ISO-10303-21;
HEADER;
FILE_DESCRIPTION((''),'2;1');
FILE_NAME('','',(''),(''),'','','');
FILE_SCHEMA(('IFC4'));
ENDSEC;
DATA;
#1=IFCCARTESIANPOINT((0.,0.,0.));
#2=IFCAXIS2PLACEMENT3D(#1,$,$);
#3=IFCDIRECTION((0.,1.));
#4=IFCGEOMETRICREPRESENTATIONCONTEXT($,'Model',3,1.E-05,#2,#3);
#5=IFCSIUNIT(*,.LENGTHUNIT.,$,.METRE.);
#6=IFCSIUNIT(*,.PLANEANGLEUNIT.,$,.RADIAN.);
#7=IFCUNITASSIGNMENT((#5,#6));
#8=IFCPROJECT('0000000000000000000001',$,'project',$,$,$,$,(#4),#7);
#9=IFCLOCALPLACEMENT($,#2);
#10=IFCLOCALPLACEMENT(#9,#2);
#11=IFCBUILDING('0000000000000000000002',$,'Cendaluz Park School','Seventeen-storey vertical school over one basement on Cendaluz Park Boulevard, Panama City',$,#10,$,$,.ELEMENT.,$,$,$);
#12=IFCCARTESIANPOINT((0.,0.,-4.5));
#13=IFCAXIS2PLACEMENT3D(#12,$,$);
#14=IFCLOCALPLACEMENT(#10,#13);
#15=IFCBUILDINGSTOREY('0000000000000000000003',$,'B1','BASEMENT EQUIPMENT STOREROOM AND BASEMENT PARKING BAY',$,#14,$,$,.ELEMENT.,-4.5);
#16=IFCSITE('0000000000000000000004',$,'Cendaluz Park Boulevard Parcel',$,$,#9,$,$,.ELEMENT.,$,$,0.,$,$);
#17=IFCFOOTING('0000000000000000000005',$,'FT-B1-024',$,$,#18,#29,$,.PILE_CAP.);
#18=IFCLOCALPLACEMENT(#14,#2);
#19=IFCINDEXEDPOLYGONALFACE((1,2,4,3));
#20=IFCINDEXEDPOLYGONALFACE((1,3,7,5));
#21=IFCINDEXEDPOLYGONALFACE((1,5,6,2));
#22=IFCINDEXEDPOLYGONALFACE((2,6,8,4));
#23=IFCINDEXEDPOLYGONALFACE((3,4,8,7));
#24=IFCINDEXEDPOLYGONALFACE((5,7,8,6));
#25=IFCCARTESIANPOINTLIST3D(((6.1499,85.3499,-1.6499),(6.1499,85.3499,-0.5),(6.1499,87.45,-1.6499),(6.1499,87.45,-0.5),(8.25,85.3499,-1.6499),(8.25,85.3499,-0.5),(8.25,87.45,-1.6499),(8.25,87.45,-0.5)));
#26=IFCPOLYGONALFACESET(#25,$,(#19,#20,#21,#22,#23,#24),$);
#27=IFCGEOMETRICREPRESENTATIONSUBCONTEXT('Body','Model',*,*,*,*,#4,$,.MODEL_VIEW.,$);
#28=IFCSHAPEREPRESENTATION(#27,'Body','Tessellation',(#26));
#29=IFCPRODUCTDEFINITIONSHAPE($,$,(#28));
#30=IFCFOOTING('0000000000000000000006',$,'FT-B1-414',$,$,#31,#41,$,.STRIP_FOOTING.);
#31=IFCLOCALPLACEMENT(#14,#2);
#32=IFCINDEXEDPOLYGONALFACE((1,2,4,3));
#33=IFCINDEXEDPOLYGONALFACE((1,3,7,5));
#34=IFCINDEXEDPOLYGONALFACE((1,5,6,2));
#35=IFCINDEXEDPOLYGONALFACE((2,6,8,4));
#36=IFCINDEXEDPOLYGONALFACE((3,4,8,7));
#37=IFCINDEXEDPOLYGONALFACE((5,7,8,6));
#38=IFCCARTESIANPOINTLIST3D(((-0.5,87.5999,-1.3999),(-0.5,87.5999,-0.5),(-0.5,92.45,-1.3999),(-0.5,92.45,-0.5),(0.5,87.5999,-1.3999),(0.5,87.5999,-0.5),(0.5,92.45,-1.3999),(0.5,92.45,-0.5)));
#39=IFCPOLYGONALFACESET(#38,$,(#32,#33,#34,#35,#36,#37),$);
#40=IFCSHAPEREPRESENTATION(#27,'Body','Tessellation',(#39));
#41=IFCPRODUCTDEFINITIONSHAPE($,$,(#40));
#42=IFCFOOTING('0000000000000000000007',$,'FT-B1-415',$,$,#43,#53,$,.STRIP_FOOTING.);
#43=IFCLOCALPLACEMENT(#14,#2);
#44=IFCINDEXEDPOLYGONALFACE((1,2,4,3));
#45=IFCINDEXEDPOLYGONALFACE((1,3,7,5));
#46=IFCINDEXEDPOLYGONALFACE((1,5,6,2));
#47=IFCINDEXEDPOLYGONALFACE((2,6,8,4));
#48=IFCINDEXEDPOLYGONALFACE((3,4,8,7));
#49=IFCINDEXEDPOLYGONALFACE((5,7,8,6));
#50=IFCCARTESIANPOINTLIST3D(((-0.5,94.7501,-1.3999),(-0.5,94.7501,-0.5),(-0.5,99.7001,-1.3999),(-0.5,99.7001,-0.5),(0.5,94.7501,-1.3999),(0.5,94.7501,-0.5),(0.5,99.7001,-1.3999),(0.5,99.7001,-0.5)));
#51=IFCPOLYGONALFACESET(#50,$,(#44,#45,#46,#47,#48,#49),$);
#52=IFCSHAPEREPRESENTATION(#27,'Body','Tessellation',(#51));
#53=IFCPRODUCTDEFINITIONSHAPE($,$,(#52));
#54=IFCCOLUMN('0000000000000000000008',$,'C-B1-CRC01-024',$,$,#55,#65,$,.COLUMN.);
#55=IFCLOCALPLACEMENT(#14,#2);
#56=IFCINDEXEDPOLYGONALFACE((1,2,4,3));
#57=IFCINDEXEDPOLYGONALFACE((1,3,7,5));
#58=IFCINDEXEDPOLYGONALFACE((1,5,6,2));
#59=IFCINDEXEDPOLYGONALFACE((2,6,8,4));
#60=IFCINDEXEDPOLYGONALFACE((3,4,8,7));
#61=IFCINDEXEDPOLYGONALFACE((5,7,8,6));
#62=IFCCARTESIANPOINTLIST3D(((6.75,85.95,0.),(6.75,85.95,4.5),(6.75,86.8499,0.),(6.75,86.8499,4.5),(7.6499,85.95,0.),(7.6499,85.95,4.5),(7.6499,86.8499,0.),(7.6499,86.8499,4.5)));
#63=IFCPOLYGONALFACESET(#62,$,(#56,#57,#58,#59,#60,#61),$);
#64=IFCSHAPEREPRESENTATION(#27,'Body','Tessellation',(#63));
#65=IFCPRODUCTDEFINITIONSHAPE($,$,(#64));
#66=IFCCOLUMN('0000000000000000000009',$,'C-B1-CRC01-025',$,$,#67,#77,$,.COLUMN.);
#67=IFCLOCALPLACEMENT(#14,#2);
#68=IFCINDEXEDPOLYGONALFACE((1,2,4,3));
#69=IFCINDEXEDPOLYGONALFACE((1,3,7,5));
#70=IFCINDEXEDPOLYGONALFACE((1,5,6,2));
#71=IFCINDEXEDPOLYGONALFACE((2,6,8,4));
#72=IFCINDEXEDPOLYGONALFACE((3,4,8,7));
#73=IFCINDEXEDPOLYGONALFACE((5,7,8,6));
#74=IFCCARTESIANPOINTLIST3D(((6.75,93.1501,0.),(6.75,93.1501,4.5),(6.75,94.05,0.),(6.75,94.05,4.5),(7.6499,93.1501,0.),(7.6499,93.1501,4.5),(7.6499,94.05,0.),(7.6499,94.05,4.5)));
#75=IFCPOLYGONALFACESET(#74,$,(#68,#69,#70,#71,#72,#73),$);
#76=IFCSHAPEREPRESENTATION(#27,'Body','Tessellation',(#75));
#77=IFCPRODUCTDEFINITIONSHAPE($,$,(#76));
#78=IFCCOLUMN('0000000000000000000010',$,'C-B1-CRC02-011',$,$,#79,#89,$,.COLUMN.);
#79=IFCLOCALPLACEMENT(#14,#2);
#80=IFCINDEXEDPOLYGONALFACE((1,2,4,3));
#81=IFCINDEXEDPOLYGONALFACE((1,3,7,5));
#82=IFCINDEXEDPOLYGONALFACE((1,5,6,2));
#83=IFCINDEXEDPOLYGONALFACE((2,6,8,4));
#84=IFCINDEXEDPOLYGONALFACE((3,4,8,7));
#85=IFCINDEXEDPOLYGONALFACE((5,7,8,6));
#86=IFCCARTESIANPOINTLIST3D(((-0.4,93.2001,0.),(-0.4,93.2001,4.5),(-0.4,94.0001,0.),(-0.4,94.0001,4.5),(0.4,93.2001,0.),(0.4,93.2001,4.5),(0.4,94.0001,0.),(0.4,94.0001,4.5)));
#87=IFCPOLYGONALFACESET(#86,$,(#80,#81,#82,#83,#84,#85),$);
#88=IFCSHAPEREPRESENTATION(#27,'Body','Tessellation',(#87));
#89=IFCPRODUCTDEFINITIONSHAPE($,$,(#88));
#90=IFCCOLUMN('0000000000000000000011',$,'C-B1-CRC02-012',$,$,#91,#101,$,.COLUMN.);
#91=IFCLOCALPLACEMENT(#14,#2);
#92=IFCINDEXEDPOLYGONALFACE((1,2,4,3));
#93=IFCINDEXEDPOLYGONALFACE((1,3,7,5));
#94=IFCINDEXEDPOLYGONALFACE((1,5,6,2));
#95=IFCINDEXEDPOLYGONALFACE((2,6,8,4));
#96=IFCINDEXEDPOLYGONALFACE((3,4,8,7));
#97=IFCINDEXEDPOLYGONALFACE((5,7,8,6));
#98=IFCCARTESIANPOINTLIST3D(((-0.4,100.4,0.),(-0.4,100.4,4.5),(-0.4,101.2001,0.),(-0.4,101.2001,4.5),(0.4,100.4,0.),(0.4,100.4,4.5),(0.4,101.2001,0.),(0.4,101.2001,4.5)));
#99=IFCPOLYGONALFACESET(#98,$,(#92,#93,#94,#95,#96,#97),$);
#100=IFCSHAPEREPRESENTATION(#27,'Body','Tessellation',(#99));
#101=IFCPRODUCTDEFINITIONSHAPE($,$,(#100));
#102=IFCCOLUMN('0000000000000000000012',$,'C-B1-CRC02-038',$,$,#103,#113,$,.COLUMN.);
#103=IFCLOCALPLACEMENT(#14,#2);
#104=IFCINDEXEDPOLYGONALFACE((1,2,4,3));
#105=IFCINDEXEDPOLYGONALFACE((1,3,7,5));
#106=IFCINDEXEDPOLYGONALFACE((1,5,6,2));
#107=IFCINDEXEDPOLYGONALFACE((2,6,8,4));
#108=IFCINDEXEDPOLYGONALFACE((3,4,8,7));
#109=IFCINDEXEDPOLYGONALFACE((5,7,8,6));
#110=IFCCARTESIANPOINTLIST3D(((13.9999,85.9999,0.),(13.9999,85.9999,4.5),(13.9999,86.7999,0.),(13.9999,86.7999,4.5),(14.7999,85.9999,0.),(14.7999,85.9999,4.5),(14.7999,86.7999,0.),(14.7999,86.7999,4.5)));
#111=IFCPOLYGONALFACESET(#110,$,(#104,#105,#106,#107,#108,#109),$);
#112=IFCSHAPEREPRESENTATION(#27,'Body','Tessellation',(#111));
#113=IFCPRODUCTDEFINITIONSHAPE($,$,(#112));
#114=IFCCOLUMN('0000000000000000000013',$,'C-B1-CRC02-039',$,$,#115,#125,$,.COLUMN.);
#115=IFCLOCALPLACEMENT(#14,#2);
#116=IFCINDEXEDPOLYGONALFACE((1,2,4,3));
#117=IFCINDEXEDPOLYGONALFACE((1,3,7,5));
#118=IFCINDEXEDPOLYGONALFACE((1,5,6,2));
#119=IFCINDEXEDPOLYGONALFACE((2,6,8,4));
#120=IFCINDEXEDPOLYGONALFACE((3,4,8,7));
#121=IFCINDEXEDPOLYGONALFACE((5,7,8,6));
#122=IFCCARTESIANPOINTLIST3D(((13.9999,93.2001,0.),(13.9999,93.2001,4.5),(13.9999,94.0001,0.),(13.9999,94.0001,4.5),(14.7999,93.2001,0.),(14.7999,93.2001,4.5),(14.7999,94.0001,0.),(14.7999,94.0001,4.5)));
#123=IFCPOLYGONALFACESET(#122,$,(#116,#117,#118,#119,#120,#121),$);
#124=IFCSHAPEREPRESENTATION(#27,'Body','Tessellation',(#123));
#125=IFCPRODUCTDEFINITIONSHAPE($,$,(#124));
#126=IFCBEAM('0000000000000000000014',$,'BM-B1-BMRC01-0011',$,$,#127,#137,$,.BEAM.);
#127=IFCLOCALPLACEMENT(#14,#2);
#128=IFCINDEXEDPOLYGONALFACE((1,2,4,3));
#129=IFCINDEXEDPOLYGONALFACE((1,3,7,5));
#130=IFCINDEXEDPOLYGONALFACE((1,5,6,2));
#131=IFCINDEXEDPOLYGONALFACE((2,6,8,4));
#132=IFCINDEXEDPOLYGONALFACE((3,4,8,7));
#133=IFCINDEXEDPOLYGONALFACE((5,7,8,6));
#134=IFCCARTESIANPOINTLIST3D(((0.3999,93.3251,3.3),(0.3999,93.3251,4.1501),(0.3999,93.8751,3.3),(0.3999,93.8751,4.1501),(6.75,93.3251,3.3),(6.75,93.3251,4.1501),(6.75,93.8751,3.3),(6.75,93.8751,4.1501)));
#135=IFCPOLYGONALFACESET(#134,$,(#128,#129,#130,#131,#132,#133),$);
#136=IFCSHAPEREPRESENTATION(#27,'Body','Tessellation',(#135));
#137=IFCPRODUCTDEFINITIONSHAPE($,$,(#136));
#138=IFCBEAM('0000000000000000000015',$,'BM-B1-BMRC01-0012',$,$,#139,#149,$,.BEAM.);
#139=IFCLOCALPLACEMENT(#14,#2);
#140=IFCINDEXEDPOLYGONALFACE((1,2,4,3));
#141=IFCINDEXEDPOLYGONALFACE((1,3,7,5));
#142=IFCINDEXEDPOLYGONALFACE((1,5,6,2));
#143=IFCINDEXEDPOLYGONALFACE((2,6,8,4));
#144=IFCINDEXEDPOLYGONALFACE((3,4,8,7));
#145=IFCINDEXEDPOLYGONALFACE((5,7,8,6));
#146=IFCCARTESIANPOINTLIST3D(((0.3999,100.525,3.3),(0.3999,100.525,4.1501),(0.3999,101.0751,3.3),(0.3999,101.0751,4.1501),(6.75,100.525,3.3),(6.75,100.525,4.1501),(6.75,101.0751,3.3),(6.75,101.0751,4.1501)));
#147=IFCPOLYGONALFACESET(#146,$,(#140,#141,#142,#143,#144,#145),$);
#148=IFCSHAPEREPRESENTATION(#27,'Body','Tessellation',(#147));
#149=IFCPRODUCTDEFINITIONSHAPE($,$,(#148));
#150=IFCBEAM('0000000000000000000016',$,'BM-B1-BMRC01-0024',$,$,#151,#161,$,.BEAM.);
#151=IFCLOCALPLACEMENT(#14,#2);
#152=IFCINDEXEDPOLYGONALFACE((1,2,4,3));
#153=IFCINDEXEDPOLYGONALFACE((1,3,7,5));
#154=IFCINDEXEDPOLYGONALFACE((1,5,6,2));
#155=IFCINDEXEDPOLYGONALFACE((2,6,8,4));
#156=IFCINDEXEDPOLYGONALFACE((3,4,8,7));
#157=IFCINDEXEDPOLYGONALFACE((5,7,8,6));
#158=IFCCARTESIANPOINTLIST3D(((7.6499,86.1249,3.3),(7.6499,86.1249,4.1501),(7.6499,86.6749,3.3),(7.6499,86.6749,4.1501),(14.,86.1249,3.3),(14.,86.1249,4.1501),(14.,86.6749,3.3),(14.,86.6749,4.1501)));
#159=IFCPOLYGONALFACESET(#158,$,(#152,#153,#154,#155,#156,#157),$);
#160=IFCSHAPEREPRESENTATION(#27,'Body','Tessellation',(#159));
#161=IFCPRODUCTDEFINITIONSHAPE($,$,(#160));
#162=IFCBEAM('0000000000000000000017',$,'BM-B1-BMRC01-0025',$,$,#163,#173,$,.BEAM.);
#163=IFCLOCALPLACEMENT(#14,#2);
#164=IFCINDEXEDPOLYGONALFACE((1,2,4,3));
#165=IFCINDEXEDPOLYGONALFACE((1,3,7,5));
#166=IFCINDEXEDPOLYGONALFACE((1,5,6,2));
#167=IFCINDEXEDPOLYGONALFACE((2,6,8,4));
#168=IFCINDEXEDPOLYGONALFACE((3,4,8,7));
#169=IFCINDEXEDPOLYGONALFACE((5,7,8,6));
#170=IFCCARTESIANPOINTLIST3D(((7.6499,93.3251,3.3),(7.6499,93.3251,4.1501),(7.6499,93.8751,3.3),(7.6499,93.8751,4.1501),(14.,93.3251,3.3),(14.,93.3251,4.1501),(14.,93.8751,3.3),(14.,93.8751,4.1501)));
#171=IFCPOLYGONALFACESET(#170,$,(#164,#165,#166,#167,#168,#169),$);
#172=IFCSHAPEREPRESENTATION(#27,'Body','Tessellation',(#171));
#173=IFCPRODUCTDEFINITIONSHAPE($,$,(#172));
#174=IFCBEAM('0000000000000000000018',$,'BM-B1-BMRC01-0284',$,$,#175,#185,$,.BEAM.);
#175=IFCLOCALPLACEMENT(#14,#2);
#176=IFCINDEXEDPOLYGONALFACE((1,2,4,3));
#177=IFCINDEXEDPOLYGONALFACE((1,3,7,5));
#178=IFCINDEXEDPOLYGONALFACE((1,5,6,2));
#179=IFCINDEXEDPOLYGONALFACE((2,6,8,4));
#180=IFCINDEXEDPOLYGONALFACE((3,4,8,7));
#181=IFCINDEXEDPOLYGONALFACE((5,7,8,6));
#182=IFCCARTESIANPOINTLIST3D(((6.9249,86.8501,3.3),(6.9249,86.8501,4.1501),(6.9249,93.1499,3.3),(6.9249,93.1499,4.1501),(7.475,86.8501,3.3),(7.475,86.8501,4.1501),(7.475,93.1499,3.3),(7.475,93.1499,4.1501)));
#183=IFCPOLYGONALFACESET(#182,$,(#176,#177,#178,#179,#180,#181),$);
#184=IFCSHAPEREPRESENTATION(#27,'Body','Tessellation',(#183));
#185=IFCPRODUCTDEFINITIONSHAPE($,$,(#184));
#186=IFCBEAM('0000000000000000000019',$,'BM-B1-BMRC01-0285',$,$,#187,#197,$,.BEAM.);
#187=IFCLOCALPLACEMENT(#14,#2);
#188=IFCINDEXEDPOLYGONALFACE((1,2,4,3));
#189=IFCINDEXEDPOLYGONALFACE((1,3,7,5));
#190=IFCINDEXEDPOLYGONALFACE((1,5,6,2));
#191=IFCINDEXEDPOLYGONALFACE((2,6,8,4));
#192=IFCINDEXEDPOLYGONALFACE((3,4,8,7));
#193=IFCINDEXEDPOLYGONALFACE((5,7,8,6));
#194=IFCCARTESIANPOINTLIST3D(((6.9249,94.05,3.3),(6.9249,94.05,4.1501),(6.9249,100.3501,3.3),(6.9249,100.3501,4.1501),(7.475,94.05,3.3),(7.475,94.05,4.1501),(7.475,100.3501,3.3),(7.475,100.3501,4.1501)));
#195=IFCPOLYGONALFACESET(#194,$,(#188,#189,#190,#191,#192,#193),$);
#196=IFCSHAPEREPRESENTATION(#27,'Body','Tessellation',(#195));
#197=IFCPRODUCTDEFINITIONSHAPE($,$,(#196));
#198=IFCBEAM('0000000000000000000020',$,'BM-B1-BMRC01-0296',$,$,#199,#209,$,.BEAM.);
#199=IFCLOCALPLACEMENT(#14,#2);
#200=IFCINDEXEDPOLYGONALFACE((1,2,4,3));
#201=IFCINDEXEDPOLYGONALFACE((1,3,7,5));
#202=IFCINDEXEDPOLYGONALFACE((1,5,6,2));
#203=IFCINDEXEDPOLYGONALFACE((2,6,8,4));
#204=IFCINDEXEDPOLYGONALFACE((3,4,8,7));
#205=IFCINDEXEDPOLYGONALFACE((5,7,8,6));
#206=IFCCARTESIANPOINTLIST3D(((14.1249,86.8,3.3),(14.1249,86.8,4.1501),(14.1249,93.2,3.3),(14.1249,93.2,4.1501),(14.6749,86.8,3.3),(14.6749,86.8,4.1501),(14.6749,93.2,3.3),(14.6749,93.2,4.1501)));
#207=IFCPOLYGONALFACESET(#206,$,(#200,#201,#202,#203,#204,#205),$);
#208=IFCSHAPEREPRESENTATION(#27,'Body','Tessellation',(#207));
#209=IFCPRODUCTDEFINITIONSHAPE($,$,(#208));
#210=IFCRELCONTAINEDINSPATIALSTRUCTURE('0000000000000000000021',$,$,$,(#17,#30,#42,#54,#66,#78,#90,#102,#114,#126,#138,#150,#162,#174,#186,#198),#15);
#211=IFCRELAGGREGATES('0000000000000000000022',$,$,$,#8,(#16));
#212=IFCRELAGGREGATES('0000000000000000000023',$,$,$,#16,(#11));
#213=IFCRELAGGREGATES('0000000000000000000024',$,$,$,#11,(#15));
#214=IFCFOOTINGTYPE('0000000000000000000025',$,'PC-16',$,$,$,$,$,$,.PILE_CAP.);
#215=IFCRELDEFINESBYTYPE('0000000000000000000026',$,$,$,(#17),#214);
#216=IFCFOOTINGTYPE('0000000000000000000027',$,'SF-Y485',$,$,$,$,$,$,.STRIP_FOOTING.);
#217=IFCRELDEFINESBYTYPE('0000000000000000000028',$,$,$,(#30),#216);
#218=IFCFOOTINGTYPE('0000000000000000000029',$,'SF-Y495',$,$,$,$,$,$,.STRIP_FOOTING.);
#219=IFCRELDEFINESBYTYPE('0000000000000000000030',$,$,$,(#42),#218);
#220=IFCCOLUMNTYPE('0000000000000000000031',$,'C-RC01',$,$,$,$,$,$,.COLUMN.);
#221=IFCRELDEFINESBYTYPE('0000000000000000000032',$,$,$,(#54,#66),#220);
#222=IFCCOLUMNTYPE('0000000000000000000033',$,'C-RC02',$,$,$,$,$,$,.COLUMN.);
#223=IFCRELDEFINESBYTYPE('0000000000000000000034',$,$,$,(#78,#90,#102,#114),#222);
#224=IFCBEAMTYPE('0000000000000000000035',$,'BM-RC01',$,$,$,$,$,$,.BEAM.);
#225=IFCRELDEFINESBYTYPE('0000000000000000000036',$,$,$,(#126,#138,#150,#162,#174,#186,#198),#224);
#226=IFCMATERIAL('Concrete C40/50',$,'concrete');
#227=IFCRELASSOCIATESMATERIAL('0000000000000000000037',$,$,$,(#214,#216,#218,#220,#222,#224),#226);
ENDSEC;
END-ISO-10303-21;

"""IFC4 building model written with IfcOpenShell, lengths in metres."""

from ifc_helpers import new_model, si_unit, direction, frame, origin, origin_2d, place, context, subcontext, project, spatial, rectangle, extrude, material, material_profile, profile_set, type_object, element, save


model = new_model("IFC4")

# Units and contexts
model_context = context("Model", 3, precision=1e-05, world=origin(), true_north=direction((0.0, 1.0)))
body_context = subcontext(model_context, "Body", "Model", "MODEL_VIEW")
ifc_project = project(units=[si_unit("LENGTHUNIT", "METRE"), si_unit("PLANEANGLEUNIT", "RADIAN")], contexts=[model_context])

# Site, building, storey
site_placement = place(None, origin())
site = spatial("IfcSite", under=ifc_project, at=site_placement, Name="Cendaluz Park Boulevard Parcel", CompositionType="ELEMENT", RefElevation=0.0)
building_placement = place(site_placement, origin())
building = spatial("IfcBuilding", under=site, at=building_placement, Name="Cendaluz Park School", Description="Seventeen-storey vertical school over one basement on Cendaluz Park Boulevard, Panama City", CompositionType="ELEMENT")
storey_placement = place(building_placement, frame((0.0, 0.0, -4.5)))
storey = spatial("IfcBuildingStorey", under=building, at=storey_placement, Name="B1", Description="BASEMENT EQUIPMENT STOREROOM AND BASEMENT PARKING BAY", CompositionType="ELEMENT", Elevation=-4.5)

# Shared definitions
ifc_material_1 = material(Name="Concrete C40/50", Category="concrete")

# Footings
footing_type_1 = type_object("IfcFootingType", Name="PC-16", PredefinedType="PILE_CAP", material=ifc_material_1)
footing_1_placement = place(storey_placement, frame((7.2, 86.3999, -1.6499), z_axis=(0.0, 0.0, 1.0), x_axis=(1.0, 0.0, 0.0)))
element("IfcFooting", 1, at=footing_1_placement, inside=storey, type_object=footing_type_1, Name="FT-B1-024", PredefinedType="PILE_CAP", context=body_context, shape_type="SweptSolid", body=[
    extrude(rectangle(XDim=2.1001, YDim=2.1001, at=origin_2d()), origin(), (0.0, 0.0, 1.0), 1.1499),
])
footing_type_2 = type_object("IfcFootingType", Name="SF-Y485", PredefinedType="STRIP_FOOTING", material=ifc_material_1)
footing_2_placement = place(storey_placement, frame((0.0, 90.0249, -1.3999), z_axis=(0.0, 0.0, 1.0), x_axis=(1.0, 0.0, 0.0)))
element("IfcFooting", 2, at=footing_2_placement, inside=storey, type_object=footing_type_2, Name="FT-B1-414", PredefinedType="STRIP_FOOTING", context=body_context, shape_type="SweptSolid", body=[
    extrude(rectangle(XDim=1.0, YDim=4.8501, at=origin_2d()), origin(), (0.0, 0.0, 1.0), 0.8999),
])
footing_type_3 = type_object("IfcFootingType", Name="SF-Y495", PredefinedType="STRIP_FOOTING", material=ifc_material_1)
footing_3_placement = place(storey_placement, frame((0.0, 97.2251, -1.3999), z_axis=(0.0, 0.0, 1.0), x_axis=(1.0, 0.0, 0.0)))
element("IfcFooting", 3, at=footing_3_placement, inside=storey, type_object=footing_type_3, Name="FT-B1-415", PredefinedType="STRIP_FOOTING", context=body_context, shape_type="SweptSolid", body=[
    extrude(rectangle(XDim=1.0, YDim=4.95, at=origin_2d()), origin(), (0.0, 0.0, 1.0), 0.8999),
])

# Columns
ifc_material_profile_1 = material_profile(ifc_material_1, rectangle(XDim=0.8999, YDim=0.8999, at=origin_2d()), Name="RC 900x900", Category="concrete")
ifc_profile_set_1 = profile_set([ifc_material_profile_1], Name="Concrete C40/50")
column_type_1 = type_object("IfcColumnType", Name="C-RC01", PredefinedType="COLUMN", material=ifc_profile_set_1)
for number, where, z_axis, x_axis, name in (
    (4, (7.2, 86.3999, 0.0), (0.0, 0.0, 1.0), (1.0, 0.0, 0.0), "C-B1-CRC01-024"),
    (5, (7.2, 93.6001, 0.0), (0.0, 0.0, 1.0), (1.0, 0.0, 0.0), "C-B1-CRC01-025"),
):
    element("IfcColumn", number, at=place(storey_placement, frame(where, z_axis=z_axis, x_axis=x_axis)), inside=storey, type_object=column_type_1, Name=name, PredefinedType="COLUMN", context=body_context, shape_type="SweptSolid", body=[
        extrude(rectangle(XDim=0.8999, YDim=0.8999, at=origin_2d()), origin(), (0.0, 0.0, 1.0), 4.5),
    ])
ifc_material_profile_2 = material_profile(ifc_material_1, rectangle(XDim=0.8, YDim=0.8, at=origin_2d()), Name="RC 800x800", Category="concrete")
ifc_profile_set_2 = profile_set([ifc_material_profile_2], Name="Concrete C40/50")
column_type_2 = type_object("IfcColumnType", Name="C-RC02", PredefinedType="COLUMN", material=ifc_profile_set_2)
for number, where, z_axis, x_axis, name in (
    (6, (0.0, 93.6001, 0.0), (0.0, 0.0, 1.0), (1.0, 0.0, 0.0), "C-B1-CRC02-011"),
    (7, (0.0, 100.8, 0.0), (0.0, 0.0, 1.0), (1.0, 0.0, 0.0), "C-B1-CRC02-012"),
    (8, (14.3999, 86.3999, 0.0), (0.0, 0.0, 1.0), (1.0, 0.0, 0.0), "C-B1-CRC02-038"),
    (9, (14.3999, 93.6001, 0.0), (0.0, 0.0, 1.0), (1.0, 0.0, 0.0), "C-B1-CRC02-039"),
):
    element("IfcColumn", number, at=place(storey_placement, frame(where, z_axis=z_axis, x_axis=x_axis)), inside=storey, type_object=column_type_2, Name=name, PredefinedType="COLUMN", context=body_context, shape_type="SweptSolid", body=[
        extrude(rectangle(XDim=0.8, YDim=0.8, at=origin_2d()), origin(), (0.0, 0.0, 1.0), 4.5),
    ])

# Beams
ifc_material_profile_3 = material_profile(ifc_material_1, rectangle(XDim=0.55, YDim=0.8501, at=origin_2d()), Name="RC 550x850", Category="concrete")
ifc_profile_set_3 = profile_set([ifc_material_profile_3], Name="Concrete C40/50")
beam_type_1 = type_object("IfcBeamType", Name="BM-RC01", PredefinedType="BEAM", material=ifc_profile_set_3)
for number, where, z_axis, x_axis, name in (
    (10, (0.3999, 93.6001, 3.7251), (1.0, 0.0, 0.0), (0.0, 1.0, 0.0), "BM-B1-BMRC01-0011"),
    (11, (0.3999, 100.8, 3.7251), (1.0, 0.0, 0.0), (0.0, 1.0, 0.0), "BM-B1-BMRC01-0012"),
    (12, (7.6499, 86.3999, 3.7251), (1.0, 0.0, 0.0), (0.0, 1.0, 0.0), "BM-B1-BMRC01-0024"),
    (13, (7.6499, 93.6001, 3.7251), (1.0, 0.0, 0.0), (0.0, 1.0, 0.0), "BM-B1-BMRC01-0025"),
):
    element("IfcBeam", number, at=place(storey_placement, frame(where, z_axis=z_axis, x_axis=x_axis)), inside=storey, type_object=beam_type_1, Name=name, PredefinedType="BEAM", context=body_context, shape_type="SweptSolid", body=[
        extrude(rectangle(XDim=0.55, YDim=0.8501, at=origin_2d()), origin(), (0.0, 0.0, 1.0), 6.3501),
    ])
beam_1_placement = place(storey_placement, frame((7.2, 86.8501, 3.7251), z_axis=(0.0, 1.0, 0.0), x_axis=(-1.0, 0.0, 0.0)))
element("IfcBeam", 14, at=beam_1_placement, inside=storey, type_object=beam_type_1, Name="BM-B1-BMRC01-0284", PredefinedType="BEAM", context=body_context, shape_type="SweptSolid", body=[
    extrude(rectangle(XDim=0.55, YDim=0.8501, at=origin_2d()), origin(), (0.0, 0.0, 1.0), 6.2998),
])
beam_2_placement = place(storey_placement, frame((7.2, 94.05, 3.7251), z_axis=(0.0, 1.0, 0.0), x_axis=(-1.0, 0.0, 0.0)))
element("IfcBeam", 15, at=beam_2_placement, inside=storey, type_object=beam_type_1, Name="BM-B1-BMRC01-0285", PredefinedType="BEAM", context=body_context, shape_type="SweptSolid", body=[
    extrude(rectangle(XDim=0.55, YDim=0.8501, at=origin_2d()), origin(), (0.0, 0.0, 1.0), 6.3),
])
beam_3_placement = place(storey_placement, frame((14.3999, 86.8, 3.7251), z_axis=(0.0, 1.0, 0.0), x_axis=(-1.0, 0.0, 0.0)))
element("IfcBeam", 16, at=beam_3_placement, inside=storey, type_object=beam_type_1, Name="BM-B1-BMRC01-0296", PredefinedType="BEAM", context=body_context, shape_type="SweptSolid", body=[
    extrude(rectangle(XDim=0.55, YDim=0.8501, at=origin_2d()), origin(), (0.0, 0.0, 1.0), 6.3999),
])

save(model, "model.ifc")
